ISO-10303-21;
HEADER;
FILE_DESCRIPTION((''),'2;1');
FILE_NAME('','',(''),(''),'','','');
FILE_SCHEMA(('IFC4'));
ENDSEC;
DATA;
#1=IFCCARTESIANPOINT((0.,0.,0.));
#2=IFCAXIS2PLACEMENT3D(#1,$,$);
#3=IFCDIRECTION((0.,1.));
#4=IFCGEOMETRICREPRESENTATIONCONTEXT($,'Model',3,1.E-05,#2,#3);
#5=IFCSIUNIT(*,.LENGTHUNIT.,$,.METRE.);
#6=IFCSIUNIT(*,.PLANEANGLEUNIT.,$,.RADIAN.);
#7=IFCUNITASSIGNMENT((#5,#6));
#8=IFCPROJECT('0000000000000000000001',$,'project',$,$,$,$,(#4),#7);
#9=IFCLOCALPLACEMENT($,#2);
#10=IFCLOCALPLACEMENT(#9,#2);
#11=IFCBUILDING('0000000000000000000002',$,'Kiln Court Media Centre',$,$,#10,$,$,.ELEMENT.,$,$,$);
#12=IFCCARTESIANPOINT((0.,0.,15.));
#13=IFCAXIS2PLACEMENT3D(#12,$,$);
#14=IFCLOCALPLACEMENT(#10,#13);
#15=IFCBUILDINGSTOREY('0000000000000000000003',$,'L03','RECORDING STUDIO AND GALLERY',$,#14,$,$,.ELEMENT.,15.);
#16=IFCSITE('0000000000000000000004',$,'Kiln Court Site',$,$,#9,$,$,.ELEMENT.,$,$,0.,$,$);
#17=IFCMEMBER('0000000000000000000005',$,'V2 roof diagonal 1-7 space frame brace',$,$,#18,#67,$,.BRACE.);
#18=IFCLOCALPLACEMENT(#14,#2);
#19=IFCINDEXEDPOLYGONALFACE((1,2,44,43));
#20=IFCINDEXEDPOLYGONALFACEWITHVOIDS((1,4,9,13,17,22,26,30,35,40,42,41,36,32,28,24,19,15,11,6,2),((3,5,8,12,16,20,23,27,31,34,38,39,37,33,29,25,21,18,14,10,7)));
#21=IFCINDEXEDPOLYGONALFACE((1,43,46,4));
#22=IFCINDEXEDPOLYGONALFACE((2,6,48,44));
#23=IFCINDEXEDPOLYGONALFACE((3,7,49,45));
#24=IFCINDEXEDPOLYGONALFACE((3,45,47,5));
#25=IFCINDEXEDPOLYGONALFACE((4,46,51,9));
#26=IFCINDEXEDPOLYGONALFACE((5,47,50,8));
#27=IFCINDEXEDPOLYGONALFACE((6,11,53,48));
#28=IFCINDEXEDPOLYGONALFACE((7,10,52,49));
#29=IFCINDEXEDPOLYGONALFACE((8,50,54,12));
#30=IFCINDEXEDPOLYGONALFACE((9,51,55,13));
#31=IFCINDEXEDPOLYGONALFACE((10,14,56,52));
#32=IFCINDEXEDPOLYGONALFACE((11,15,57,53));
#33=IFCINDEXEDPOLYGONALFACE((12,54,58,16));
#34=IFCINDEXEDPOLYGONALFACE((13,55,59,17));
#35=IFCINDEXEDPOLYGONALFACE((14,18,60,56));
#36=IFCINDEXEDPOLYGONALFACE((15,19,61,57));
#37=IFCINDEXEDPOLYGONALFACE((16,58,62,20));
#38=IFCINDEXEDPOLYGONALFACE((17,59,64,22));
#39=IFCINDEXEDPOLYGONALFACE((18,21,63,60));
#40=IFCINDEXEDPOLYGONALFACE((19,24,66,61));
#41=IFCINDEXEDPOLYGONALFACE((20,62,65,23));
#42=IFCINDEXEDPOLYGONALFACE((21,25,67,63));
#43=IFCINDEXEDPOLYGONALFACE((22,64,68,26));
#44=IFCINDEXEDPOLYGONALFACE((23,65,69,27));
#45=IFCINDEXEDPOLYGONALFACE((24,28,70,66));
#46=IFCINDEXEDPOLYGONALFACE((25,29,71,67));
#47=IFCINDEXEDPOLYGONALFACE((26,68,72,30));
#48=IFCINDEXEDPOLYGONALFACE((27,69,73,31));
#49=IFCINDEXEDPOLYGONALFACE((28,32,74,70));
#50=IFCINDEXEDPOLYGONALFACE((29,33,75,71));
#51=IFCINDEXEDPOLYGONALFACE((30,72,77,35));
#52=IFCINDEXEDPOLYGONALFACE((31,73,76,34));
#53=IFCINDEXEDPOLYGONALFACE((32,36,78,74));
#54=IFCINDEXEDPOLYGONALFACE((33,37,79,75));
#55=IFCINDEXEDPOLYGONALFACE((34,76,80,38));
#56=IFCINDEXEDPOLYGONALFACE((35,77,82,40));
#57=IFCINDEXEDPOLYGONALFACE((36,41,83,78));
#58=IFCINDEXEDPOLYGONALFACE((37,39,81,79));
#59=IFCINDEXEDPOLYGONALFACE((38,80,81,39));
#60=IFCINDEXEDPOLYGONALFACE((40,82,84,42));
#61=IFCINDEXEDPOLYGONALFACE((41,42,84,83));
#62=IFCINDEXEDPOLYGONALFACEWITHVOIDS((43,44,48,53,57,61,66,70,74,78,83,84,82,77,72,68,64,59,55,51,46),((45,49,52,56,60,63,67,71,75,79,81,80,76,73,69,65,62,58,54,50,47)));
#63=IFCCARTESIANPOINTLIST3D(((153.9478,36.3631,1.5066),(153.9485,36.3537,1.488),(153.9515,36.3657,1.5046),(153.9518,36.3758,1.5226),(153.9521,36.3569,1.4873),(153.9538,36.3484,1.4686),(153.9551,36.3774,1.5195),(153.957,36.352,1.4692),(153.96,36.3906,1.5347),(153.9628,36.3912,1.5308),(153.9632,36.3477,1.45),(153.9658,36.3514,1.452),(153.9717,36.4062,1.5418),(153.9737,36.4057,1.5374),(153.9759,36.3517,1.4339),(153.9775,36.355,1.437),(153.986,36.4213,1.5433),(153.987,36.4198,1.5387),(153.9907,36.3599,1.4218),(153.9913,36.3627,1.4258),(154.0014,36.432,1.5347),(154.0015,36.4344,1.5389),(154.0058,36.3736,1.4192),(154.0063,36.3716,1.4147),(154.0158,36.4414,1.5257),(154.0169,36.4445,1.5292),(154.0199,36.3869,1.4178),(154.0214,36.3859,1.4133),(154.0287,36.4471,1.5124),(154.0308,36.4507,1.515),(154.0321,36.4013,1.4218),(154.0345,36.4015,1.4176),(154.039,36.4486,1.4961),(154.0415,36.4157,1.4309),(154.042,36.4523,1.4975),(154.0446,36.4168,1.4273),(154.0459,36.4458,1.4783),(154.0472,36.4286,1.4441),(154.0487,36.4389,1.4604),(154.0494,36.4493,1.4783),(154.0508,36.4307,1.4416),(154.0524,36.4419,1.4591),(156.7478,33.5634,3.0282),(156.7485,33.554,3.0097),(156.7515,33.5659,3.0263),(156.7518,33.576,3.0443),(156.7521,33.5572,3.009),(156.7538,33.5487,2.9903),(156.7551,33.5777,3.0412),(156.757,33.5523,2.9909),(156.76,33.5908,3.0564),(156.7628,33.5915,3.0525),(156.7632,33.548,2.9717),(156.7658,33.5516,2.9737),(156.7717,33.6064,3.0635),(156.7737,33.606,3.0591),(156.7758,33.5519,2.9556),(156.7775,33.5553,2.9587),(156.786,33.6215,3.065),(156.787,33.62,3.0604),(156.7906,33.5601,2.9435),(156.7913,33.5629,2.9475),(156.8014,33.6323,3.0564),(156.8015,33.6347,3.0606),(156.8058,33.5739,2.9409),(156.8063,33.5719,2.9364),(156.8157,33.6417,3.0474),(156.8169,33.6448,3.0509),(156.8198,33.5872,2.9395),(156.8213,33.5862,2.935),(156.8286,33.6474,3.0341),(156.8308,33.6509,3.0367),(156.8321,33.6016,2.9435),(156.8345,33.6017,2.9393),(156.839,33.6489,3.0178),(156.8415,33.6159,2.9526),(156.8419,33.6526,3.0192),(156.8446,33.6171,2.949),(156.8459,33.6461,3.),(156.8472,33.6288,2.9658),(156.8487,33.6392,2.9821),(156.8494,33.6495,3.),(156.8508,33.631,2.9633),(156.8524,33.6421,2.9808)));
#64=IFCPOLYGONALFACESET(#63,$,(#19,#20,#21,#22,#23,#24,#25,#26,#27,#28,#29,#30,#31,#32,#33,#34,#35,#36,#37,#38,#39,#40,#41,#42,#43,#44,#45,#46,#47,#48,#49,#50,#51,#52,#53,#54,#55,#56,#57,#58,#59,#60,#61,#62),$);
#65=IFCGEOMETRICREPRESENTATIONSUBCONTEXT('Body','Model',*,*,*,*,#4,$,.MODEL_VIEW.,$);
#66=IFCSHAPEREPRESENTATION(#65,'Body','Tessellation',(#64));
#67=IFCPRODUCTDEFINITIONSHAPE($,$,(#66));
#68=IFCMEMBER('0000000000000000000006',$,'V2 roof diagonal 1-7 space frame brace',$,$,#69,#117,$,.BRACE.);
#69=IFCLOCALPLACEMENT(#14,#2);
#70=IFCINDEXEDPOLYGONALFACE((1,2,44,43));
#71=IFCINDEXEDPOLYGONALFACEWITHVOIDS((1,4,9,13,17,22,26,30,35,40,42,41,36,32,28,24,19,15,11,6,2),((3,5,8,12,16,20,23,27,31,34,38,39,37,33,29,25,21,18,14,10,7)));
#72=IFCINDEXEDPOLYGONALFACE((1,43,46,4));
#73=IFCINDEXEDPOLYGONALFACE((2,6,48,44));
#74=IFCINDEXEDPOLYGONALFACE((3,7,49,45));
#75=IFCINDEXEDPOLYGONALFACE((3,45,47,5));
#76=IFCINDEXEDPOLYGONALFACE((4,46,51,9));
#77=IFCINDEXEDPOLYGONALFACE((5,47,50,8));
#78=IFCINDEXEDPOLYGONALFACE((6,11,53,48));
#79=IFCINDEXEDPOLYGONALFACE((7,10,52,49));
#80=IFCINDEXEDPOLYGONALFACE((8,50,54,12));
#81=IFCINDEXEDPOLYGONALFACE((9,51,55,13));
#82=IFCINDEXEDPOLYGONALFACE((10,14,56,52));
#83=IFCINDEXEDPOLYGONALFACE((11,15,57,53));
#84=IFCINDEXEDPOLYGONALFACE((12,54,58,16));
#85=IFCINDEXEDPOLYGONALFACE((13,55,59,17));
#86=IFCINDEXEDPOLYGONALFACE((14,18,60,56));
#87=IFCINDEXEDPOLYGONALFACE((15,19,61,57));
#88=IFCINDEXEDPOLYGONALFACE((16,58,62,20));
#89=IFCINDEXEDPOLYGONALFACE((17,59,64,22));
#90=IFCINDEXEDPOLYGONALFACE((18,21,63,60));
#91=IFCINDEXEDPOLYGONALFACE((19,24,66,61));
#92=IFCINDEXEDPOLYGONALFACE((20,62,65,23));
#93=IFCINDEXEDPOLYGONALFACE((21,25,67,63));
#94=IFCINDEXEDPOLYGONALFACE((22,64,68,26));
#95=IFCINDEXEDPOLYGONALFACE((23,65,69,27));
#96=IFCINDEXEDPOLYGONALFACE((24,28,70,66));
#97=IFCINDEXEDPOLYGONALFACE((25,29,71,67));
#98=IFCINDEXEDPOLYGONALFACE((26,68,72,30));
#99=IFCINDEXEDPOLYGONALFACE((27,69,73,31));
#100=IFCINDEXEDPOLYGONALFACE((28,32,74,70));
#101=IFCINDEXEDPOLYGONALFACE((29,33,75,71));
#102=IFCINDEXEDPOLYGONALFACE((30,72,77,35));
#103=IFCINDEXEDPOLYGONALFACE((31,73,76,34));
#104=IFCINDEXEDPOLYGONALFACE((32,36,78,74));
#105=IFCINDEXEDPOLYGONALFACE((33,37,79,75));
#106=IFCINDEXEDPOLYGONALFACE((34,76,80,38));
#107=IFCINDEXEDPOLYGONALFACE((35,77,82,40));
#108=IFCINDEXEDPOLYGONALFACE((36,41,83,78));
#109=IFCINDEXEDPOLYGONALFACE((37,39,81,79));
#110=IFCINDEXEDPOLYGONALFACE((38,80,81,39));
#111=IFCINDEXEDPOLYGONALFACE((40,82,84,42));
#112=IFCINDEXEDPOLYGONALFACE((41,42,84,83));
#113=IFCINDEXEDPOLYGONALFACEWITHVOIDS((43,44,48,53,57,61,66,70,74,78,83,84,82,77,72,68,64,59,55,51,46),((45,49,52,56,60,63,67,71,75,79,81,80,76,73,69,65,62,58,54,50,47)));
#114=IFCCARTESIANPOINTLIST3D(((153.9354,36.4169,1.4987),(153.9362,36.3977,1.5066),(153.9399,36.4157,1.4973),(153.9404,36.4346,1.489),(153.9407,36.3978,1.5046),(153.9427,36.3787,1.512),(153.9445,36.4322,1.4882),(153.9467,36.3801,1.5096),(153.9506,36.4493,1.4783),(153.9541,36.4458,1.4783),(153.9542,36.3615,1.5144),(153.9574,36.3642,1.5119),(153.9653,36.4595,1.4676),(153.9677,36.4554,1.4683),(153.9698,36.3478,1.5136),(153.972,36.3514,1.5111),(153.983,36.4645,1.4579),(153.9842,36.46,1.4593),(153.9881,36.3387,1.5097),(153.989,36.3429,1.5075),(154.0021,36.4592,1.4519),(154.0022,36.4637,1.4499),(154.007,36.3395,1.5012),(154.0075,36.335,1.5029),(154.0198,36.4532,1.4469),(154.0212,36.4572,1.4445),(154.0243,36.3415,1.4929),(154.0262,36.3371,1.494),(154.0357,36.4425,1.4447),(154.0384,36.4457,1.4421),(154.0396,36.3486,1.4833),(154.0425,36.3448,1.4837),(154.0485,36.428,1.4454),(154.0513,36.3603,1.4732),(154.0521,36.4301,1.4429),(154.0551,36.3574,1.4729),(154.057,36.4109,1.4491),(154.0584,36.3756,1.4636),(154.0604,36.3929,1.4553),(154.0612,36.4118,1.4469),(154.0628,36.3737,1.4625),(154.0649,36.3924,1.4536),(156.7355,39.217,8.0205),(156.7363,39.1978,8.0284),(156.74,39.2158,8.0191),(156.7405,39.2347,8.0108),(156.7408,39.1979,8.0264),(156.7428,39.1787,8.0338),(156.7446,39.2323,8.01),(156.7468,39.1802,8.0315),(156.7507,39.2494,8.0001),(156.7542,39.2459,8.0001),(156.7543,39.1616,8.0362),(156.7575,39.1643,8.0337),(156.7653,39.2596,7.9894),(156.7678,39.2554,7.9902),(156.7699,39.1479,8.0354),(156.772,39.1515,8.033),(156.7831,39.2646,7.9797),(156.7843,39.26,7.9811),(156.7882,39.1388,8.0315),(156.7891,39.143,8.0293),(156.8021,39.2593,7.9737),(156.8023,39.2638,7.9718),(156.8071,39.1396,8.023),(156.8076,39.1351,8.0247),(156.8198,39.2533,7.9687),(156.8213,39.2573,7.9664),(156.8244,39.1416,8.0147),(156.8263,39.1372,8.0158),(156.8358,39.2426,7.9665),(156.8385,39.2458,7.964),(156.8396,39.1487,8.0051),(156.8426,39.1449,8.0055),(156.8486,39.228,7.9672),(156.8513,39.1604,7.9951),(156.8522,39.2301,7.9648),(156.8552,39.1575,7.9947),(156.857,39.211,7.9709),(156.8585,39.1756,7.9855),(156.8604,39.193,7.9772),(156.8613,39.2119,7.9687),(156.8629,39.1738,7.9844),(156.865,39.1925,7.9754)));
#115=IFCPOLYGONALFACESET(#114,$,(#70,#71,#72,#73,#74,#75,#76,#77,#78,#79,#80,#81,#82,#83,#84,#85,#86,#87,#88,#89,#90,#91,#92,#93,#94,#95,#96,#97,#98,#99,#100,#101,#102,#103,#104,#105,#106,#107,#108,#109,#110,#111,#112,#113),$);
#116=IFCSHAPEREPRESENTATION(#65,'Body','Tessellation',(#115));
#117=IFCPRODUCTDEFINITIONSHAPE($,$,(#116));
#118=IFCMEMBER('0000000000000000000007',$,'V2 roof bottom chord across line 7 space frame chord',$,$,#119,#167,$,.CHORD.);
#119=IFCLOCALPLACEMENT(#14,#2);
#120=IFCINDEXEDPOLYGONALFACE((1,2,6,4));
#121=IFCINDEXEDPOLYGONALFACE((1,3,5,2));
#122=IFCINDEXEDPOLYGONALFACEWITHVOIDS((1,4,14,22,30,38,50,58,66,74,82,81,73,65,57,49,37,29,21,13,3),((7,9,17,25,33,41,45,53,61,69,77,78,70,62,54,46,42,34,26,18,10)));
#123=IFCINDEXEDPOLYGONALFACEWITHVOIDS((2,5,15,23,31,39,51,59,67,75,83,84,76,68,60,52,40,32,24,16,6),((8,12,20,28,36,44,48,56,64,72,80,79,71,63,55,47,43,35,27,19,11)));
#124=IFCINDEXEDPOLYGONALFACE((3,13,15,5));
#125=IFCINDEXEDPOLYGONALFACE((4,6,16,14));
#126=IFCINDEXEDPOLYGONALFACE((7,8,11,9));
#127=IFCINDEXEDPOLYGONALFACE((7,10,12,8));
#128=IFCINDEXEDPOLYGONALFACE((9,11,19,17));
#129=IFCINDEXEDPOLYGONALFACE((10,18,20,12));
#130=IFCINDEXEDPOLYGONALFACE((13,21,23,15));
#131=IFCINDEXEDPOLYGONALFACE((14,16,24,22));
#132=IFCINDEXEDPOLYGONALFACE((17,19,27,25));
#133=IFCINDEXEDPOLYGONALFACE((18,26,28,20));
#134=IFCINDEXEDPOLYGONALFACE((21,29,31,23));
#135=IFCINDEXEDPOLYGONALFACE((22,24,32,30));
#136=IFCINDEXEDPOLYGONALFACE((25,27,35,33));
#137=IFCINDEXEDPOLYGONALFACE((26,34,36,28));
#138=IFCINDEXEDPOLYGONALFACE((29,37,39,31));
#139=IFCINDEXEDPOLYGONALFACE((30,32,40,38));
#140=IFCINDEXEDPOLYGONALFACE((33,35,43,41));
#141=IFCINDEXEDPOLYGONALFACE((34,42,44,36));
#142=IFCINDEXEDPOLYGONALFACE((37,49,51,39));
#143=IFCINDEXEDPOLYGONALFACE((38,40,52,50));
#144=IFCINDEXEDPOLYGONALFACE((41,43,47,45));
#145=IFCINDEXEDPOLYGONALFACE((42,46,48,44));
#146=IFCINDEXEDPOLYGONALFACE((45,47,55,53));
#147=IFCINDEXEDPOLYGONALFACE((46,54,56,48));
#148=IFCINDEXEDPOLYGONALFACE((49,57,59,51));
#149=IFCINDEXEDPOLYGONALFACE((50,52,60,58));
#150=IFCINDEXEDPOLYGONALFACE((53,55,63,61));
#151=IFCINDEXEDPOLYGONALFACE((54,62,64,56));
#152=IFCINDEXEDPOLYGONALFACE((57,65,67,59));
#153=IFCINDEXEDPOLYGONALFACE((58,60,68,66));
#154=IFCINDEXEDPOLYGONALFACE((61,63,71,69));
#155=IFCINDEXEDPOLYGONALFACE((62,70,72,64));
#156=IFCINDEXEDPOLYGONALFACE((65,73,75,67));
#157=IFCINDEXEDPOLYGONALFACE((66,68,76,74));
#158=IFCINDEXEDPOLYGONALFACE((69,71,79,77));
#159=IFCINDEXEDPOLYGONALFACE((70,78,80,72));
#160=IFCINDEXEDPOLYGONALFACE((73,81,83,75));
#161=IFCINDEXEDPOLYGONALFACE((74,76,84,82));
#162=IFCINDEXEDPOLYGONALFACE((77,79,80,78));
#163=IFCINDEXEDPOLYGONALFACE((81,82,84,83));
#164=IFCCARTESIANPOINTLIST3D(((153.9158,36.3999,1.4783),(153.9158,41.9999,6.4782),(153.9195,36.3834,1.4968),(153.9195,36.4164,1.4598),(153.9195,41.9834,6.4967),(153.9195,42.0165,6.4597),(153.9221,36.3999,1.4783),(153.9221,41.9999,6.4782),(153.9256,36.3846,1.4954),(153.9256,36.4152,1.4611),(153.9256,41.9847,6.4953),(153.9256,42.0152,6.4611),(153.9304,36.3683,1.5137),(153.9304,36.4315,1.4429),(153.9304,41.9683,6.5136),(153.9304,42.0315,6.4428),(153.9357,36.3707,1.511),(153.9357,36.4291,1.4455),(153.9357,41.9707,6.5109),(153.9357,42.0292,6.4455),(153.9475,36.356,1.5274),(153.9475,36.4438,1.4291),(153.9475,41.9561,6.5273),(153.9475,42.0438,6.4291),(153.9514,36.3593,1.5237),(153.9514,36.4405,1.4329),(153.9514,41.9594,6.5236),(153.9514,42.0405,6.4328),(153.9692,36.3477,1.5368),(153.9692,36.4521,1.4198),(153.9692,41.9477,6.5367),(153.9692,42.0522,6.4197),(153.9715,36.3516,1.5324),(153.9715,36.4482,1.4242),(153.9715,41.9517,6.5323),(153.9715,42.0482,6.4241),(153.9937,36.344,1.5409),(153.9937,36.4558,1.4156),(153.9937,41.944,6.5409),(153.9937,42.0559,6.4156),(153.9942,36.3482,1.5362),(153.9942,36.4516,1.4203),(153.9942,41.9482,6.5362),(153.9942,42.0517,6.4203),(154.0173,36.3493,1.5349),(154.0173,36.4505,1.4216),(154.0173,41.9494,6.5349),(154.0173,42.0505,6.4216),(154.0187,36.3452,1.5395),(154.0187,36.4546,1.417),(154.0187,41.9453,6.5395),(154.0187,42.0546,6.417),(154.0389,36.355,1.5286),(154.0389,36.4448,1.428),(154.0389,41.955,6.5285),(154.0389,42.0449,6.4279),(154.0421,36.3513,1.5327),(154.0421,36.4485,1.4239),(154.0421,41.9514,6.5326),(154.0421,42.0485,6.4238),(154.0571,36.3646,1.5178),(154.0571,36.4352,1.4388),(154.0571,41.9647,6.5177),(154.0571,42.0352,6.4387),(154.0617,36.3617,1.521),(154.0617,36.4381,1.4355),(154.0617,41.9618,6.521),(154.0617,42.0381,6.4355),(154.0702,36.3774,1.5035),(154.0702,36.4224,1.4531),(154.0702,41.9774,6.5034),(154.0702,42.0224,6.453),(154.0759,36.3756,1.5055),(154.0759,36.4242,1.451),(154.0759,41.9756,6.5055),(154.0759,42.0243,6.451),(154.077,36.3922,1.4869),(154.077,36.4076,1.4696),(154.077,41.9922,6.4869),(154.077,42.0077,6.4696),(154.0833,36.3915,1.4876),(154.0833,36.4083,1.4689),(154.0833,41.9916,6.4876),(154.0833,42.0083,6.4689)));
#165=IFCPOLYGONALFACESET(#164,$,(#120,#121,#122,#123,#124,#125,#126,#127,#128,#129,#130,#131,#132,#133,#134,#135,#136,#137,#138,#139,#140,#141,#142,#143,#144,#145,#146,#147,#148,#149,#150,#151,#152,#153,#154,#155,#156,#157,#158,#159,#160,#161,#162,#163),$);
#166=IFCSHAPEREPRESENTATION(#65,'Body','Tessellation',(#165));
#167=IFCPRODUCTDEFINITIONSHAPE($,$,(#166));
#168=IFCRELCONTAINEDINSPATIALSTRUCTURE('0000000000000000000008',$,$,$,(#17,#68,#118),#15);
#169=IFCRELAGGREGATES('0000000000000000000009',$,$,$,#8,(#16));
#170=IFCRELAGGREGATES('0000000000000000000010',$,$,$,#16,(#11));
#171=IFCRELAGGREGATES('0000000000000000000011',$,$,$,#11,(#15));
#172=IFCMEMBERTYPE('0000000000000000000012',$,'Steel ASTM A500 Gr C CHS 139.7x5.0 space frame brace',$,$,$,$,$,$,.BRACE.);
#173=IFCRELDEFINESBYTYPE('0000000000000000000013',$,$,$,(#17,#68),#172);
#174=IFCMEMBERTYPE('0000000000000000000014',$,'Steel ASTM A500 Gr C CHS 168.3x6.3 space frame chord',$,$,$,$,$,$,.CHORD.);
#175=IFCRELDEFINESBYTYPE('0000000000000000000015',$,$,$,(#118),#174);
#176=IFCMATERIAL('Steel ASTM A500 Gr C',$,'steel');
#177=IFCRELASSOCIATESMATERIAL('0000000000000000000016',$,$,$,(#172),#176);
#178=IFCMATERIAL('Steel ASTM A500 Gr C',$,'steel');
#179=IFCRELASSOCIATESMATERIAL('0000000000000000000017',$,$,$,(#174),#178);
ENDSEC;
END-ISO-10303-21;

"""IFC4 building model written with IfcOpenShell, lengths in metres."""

from ifc_helpers import new_model, si_unit, direction, frame, origin, origin_2d, place, context, subcontext, project, spatial, hollow_circle, extrude, material, material_profile, profile_set, type_object, element, save


model = new_model("IFC4")

# Units and contexts
model_context = context("Model", 3, precision=1e-05, world=origin(), true_north=direction((0.0, 1.0)))
body_context = subcontext(model_context, "Body", "Model", "MODEL_VIEW")
ifc_project = project(units=[si_unit("LENGTHUNIT", "METRE"), si_unit("PLANEANGLEUNIT", "RADIAN")], contexts=[model_context])

# Site, building, storey
site_placement = place(None, origin())
site = spatial("IfcSite", under=ifc_project, at=site_placement, Name="Kiln Court Site", CompositionType="ELEMENT", RefElevation=0.0)
building_placement = place(site_placement, origin())
building = spatial("IfcBuilding", under=site, at=building_placement, Name="Kiln Court Media Centre", CompositionType="ELEMENT")
storey_placement = place(building_placement, frame((0.0, 0.0, 15.0)))
storey = spatial("IfcBuildingStorey", under=building, at=storey_placement, Name="L03", Description="RECORDING STUDIO AND GALLERY", CompositionType="ELEMENT", Elevation=15.0)

# Members
ifc_material_1 = material(Name="Steel ASTM A500 Gr C", Category="steel")
ifc_material_profile_1 = material_profile(ifc_material_1, hollow_circle(Radius=0.0698, WallThickness=0.0049, at=origin_2d()), Name="CHS 139.7x5.0")
ifc_profile_set_1 = profile_set([ifc_material_profile_1], Name="Steel ASTM A500 Gr C")
member_type_1 = type_object("IfcMemberType", Name="Steel ASTM A500 Gr C CHS 139.7x5.0 space frame brace", PredefinedType="BRACE", material=ifc_profile_set_1)
member_1_placement = place(storey_placement, frame((154.0, 36.3999, 1.4783), z_axis=(0.660073, -0.660015, 0.358726), x_axis=(0.707076, 0.707138, 0.0)))
element("IfcMember", 1, at=member_1_placement, inside=storey, type_object=member_type_1, Name="V2 roof diagonal 1-7 space frame brace", PredefinedType="BRACE", context=body_context, shape_type="SweptSolid", body=[
    extrude(hollow_circle(Radius=0.0698, WallThickness=0.0049, at=origin_2d()), origin(), (0.0, 0.0, 1.0), 4.2419),
])
member_2_placement = place(storey_placement, frame((154.0, 36.3999, 1.4783), z_axis=(0.36699, 0.36699, 0.854773), x_axis=(-0.707107, 0.707107, 0.0)))
element("IfcMember", 2, at=member_2_placement, inside=storey, type_object=member_type_1, Name="V2 roof diagonal 1-7 space frame brace", PredefinedType="BRACE", context=body_context, shape_type="SweptSolid", body=[
    extrude(hollow_circle(Radius=0.0698, WallThickness=0.0049, at=origin_2d()), origin(), (0.0, 0.0, 1.0), 7.6299),
])
ifc_material_2 = material(Name="Steel ASTM A500 Gr C", Category="steel")
ifc_material_profile_2 = material_profile(ifc_material_2, hollow_circle(Radius=0.0842, WallThickness=0.0063, at=origin_2d()), Name="CHS 168.3x6.3")
ifc_profile_set_2 = profile_set([ifc_material_profile_2], Name="Steel ASTM A500 Gr C")
member_type_2 = type_object("IfcMemberType", Name="Steel ASTM A500 Gr C CHS 168.3x6.3 space frame chord", PredefinedType="CHORD", material=ifc_profile_set_2)
member_3_placement = place(storey_placement, frame((154.0, 36.3999, 1.4783), z_axis=(0.0, 0.745943, 0.666009), x_axis=(-1.0, 0.0, 0.0)))
element("IfcMember", 3, at=member_3_placement, inside=storey, type_object=member_type_2, Name="V2 roof bottom chord across line 7 space frame chord", PredefinedType="CHORD", context=body_context, shape_type="SweptSolid", body=[
    extrude(hollow_circle(Radius=0.0842, WallThickness=0.0063, at=origin_2d()), origin(), (0.0, 0.0, 1.0), 7.5073),
])

save(model, "model.ifc")
